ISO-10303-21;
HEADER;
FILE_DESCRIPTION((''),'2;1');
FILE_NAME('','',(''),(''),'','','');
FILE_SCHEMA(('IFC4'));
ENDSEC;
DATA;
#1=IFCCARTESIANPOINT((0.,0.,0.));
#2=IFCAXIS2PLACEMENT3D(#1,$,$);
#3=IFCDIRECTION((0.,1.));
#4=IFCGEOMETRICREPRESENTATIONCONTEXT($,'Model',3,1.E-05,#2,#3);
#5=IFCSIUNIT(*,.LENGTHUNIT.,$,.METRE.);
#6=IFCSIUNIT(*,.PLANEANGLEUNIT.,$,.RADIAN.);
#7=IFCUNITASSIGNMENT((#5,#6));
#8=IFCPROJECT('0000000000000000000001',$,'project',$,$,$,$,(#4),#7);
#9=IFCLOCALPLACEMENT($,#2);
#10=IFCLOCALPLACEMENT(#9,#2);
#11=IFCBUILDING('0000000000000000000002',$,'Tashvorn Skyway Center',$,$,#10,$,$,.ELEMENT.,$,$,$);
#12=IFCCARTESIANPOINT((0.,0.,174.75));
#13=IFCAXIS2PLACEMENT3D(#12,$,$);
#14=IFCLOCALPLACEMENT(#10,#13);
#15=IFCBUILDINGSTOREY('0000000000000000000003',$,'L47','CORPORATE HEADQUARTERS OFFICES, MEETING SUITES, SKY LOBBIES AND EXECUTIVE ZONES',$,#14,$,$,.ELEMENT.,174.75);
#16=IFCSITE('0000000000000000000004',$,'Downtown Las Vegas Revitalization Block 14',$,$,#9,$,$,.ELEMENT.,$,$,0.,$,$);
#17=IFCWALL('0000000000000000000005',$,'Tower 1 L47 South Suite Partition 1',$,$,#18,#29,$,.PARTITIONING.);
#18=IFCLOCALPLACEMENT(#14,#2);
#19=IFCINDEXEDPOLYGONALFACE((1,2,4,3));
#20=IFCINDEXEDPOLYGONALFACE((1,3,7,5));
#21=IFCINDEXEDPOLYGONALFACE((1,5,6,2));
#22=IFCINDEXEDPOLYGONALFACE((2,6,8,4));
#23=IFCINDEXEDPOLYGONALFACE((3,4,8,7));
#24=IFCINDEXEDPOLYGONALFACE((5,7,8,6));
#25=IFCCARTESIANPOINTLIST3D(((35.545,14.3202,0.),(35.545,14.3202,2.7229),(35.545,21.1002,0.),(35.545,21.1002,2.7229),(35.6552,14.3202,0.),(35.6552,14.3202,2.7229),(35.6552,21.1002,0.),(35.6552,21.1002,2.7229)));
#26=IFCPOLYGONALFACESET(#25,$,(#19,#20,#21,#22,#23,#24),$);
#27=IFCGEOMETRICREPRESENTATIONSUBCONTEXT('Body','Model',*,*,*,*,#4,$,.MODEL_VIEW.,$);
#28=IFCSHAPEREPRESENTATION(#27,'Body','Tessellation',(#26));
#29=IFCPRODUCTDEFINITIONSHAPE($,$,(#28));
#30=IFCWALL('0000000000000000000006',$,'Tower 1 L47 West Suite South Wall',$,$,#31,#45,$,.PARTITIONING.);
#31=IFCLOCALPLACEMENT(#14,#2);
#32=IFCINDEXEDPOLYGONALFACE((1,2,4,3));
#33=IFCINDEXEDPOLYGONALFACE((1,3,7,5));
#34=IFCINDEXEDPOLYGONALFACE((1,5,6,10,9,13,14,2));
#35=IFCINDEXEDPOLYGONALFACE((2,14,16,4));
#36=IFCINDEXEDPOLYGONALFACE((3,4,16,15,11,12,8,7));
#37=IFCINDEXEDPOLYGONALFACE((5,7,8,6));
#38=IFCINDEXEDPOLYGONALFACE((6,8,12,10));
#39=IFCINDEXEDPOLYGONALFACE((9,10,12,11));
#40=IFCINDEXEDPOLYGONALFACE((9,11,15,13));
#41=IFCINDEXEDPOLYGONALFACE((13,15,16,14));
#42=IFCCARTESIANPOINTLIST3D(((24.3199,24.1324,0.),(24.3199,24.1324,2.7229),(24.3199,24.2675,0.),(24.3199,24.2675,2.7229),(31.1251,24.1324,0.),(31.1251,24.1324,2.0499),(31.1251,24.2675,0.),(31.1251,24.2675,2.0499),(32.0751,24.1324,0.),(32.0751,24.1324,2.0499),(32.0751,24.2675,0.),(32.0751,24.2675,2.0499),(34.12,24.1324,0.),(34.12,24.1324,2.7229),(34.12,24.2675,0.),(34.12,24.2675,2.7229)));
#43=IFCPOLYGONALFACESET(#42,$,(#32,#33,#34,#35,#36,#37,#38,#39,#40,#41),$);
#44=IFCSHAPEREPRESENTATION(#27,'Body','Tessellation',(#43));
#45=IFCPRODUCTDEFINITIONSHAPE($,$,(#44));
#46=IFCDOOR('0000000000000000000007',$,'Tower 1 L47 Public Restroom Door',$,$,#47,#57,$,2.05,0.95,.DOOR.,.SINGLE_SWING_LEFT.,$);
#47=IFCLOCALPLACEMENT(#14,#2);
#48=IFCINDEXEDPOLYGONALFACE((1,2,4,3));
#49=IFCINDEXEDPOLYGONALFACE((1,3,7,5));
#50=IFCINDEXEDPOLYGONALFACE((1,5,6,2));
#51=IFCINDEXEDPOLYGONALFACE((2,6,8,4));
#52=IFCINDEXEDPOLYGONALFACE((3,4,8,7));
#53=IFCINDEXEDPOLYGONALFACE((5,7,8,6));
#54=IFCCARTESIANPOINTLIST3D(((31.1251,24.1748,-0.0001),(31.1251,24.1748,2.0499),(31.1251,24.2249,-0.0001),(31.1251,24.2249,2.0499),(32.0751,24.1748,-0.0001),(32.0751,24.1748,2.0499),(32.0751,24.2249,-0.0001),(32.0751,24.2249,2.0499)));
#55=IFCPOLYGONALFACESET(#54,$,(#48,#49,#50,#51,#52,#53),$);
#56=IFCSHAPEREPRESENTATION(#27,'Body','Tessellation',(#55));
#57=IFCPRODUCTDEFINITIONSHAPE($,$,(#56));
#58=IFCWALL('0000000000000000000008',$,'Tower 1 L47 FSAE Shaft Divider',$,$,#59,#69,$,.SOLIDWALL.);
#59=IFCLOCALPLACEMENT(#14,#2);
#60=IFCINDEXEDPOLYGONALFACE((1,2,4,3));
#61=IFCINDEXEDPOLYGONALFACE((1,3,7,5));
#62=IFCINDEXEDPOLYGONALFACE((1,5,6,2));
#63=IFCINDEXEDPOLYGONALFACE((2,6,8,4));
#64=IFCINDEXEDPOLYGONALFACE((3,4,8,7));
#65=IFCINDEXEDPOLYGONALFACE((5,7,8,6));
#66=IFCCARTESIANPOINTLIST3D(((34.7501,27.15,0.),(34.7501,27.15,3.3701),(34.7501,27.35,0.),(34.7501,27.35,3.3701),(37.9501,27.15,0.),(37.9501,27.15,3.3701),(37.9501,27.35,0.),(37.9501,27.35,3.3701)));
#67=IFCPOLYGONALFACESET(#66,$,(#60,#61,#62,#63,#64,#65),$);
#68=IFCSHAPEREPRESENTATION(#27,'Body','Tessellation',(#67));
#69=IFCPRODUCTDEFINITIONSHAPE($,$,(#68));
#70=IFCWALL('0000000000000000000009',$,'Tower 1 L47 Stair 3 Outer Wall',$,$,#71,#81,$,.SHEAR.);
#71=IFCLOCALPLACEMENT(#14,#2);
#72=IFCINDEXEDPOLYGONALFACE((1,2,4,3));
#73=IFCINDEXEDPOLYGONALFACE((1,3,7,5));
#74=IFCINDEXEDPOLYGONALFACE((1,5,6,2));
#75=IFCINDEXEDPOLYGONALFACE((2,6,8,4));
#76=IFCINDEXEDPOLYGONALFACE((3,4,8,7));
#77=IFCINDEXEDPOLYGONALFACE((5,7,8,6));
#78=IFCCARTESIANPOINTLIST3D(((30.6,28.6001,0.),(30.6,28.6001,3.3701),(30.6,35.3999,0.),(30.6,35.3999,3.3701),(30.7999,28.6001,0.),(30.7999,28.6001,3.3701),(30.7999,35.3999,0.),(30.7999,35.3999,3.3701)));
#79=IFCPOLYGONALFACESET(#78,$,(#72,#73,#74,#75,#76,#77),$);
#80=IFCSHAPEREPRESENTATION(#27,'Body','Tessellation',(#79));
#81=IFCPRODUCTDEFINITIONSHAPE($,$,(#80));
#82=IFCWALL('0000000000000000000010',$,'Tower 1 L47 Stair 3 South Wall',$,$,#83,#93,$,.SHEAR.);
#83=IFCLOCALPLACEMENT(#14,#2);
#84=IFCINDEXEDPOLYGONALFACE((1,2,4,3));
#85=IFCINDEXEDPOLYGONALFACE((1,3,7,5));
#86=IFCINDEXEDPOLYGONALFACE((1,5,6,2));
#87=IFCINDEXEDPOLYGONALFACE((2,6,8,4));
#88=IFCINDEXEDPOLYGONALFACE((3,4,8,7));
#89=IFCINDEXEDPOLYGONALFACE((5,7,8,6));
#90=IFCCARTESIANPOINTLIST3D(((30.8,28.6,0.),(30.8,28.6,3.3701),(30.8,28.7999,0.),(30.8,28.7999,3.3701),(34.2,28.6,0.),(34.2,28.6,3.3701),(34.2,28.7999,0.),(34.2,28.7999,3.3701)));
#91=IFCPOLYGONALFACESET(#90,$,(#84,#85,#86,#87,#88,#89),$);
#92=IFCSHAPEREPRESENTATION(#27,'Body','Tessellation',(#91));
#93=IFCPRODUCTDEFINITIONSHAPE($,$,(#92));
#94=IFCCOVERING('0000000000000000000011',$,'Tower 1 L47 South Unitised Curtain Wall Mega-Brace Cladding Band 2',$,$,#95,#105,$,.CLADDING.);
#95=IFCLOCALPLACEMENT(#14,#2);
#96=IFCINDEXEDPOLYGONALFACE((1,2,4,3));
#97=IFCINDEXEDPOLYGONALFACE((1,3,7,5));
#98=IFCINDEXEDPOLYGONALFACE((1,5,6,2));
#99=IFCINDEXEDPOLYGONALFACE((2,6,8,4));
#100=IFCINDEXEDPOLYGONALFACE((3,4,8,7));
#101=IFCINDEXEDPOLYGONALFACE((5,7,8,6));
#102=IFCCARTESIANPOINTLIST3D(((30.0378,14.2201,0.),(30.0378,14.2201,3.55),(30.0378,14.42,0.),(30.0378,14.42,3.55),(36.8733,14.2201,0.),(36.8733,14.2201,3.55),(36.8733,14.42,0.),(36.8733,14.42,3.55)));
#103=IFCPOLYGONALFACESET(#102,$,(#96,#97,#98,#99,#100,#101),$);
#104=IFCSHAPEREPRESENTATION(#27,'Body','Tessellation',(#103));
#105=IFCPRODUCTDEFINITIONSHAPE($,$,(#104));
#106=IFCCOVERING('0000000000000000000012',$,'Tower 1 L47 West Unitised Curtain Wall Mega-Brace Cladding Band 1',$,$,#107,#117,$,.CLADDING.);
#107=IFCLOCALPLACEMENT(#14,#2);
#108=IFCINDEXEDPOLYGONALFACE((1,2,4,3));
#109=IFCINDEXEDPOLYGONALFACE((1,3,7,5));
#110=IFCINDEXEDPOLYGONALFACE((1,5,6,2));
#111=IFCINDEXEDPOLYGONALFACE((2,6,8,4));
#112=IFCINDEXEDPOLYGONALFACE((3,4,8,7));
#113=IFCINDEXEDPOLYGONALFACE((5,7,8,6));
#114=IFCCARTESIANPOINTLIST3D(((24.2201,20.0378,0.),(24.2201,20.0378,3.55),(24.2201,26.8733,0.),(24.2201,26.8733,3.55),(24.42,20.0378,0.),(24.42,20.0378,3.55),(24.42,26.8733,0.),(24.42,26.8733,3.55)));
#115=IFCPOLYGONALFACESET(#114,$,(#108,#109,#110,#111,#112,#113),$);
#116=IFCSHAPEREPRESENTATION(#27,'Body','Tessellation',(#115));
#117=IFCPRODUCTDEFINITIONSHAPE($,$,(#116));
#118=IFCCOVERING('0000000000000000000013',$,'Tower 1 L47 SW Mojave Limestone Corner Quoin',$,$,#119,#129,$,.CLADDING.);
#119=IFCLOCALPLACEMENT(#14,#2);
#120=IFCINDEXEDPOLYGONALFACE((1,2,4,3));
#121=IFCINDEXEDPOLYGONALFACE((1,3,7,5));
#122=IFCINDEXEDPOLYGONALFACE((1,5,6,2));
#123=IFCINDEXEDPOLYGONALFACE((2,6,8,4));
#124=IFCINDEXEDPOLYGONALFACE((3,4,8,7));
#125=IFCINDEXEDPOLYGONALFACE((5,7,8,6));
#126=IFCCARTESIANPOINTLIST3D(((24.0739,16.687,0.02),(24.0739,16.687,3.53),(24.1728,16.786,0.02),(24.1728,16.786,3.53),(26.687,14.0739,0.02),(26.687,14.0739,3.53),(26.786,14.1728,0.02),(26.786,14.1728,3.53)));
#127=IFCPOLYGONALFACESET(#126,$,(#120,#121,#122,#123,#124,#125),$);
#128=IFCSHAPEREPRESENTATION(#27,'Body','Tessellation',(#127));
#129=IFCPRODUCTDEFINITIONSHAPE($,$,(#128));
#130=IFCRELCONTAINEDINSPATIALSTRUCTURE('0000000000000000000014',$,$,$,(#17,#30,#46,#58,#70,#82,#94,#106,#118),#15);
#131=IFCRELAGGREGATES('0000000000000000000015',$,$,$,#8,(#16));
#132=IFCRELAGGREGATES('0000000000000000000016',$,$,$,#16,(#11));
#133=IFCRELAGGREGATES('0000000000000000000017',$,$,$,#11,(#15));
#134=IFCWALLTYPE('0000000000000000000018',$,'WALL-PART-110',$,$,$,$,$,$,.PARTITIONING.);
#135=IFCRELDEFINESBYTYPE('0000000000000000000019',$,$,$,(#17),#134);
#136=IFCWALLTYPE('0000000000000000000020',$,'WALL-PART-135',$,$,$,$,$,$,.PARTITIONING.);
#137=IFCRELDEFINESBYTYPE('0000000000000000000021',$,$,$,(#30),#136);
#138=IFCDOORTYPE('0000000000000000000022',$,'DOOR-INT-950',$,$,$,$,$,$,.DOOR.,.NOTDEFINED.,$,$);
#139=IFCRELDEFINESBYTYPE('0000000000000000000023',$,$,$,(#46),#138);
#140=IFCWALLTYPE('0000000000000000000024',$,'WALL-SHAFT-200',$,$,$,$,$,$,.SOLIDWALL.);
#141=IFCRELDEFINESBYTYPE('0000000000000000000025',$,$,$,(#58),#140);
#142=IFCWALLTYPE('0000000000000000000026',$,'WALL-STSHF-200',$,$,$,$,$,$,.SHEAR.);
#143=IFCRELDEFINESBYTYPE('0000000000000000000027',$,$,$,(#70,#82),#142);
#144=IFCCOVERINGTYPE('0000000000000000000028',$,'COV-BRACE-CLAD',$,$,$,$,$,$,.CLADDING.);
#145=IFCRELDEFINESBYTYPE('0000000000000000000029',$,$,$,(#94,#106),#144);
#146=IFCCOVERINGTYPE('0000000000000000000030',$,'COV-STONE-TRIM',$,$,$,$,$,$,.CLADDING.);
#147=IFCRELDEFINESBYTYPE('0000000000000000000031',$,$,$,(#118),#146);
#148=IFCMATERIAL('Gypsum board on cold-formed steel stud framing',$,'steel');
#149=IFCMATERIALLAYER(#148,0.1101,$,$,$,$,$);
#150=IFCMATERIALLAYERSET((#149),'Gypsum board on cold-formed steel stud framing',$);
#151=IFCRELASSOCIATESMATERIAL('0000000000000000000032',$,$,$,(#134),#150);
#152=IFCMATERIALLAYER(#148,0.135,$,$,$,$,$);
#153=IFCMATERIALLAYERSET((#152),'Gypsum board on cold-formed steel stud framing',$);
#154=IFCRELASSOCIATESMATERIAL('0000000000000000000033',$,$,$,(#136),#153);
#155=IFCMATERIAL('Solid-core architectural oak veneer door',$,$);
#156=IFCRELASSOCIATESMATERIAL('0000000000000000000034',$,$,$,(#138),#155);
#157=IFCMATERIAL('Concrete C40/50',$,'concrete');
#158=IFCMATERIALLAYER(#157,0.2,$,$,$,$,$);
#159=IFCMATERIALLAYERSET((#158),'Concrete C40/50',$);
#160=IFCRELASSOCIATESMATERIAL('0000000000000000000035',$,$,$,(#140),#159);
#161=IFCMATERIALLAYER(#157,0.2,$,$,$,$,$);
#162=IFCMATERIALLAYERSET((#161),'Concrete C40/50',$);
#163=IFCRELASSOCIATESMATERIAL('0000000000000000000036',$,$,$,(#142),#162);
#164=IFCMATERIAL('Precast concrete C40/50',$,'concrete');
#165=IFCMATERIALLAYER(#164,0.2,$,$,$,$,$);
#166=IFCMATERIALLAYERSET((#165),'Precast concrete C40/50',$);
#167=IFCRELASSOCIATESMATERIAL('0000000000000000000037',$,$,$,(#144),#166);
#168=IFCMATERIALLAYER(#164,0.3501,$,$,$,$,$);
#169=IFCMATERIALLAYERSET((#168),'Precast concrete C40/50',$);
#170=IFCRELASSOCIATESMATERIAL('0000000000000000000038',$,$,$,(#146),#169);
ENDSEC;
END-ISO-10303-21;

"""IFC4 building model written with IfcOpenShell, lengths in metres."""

from ifc_helpers import new_model, si_unit, direction, frame, frame_2d, origin, origin_2d, place, context, subcontext, project, spatial, rectangle, extrude, material, layer, layer_set, type_object, element, fill, save


model = new_model("IFC4")

# Units and contexts
model_context = context("Model", 3, precision=1e-05, world=origin(), true_north=direction((0.0, 1.0)))
body_context = subcontext(model_context, "Body", "Model", "MODEL_VIEW")
ifc_project = project(units=[si_unit("LENGTHUNIT", "METRE"), si_unit("PLANEANGLEUNIT", "RADIAN")], contexts=[model_context])

# Site, building, storey
site_placement = place(None, origin())
site = spatial("IfcSite", under=ifc_project, at=site_placement, Name="Downtown Las Vegas Revitalization Block 14", CompositionType="ELEMENT", RefElevation=0.0)
building_placement = place(site_placement, origin())
building = spatial("IfcBuilding", under=site, at=building_placement, Name="Tashvorn Skyway Center", CompositionType="ELEMENT")
storey_placement = place(building_placement, frame((0.0, 0.0, 174.75)))
storey = spatial("IfcBuildingStorey", under=building, at=storey_placement, Name="L47", Description="CORPORATE HEADQUARTERS OFFICES, MEETING SUITES, SKY LOBBIES AND EXECUTIVE ZONES", CompositionType="ELEMENT", Elevation=174.75)

# Wall
ifc_material_1 = material(Name="Precast concrete C40/50", Category="concrete")
ifc_material_2 = material(Name="Gypsum board on cold-formed steel stud framing", Category="steel")
ifc_layer_1 = layer(ifc_material_2, 0.1101)
ifc_layer_set_1 = layer_set([ifc_layer_1], Name="Gypsum board on cold-formed steel stud framing")
wall_type_1 = type_object("IfcWallType", Name="WALL-PART-110", PredefinedType="PARTITIONING", material=ifc_layer_set_1)
wall_1_placement = place(storey_placement, frame((35.6001, 14.3201, 0.0), z_axis=(0.0, 0.0, 1.0), x_axis=(0.0, 1.0, 0.0)))
element("IfcWall", 1, at=wall_1_placement, inside=storey, type_object=wall_type_1, Name="Tower 1 L47 South Suite Partition 1", PredefinedType="PARTITIONING", context=body_context, shape_type="SweptSolid", body=[
    extrude(rectangle(XDim=6.78, YDim=0.1101, at=frame_2d((3.3901, 0.0))), origin(), (0.0, 0.0, 1.0), 2.7229),
])

# Wall, opening, door
ifc_layer_2 = layer(ifc_material_2, 0.135)
ifc_layer_set_2 = layer_set([ifc_layer_2], Name="Gypsum board on cold-formed steel stud framing")
wall_type_2 = type_object("IfcWallType", Name="WALL-PART-135", PredefinedType="PARTITIONING", material=ifc_layer_set_2)
wall_2_placement = place(storey_placement, frame((24.3201, 24.2, 0.0), z_axis=(0.0, 0.0, 1.0), x_axis=(1.0, 0.0, 0.0)))
wall_2 = element("IfcWall", 2, at=wall_2_placement, inside=storey, type_object=wall_type_2, Name="Tower 1 L47 West Suite South Wall", PredefinedType="PARTITIONING", context=body_context, shape_type="SweptSolid", body=[
    extrude(rectangle(XDim=9.8, YDim=0.135, at=frame_2d((4.8999, 0.0))), origin(), (0.0, 0.0, 1.0), 2.7229),
])
opening_placement = place(wall_2_placement, frame((6.8049, 0.0, 0.0)))
opening = element("IfcOpeningElement", 3, at=opening_placement, cuts=wall_2, PredefinedType="OPENING", context=body_context, shape_type="SweptSolid", body=[
    extrude(rectangle(XDim=0.95, YDim=2.05, at=frame_2d((0.4751, 1.0249))), frame((0.0, 0.0774, 0.0), z_axis=(0.0, -1.0, 0.0), x_axis=(1.0, 0.0, 0.0)), (0.0, 0.0, 1.0), 0.155),
])
ifc_material_3 = material(Name="Solid-core architectural oak veneer door")
door_type = type_object("IfcDoorType", Name="DOOR-INT-950", OperationType="NOTDEFINED", PredefinedType="DOOR", material=ifc_material_3)
door_placement = place(opening_placement, origin())
door = element("IfcDoor", 4, at=door_placement, inside=storey, type_object=door_type, Name="Tower 1 L47 Public Restroom Door", OperationType="SINGLE_SWING_LEFT", OverallHeight=2.05, OverallWidth=0.95, PredefinedType="DOOR", context=body_context, shape_type="SweptSolid", body=[
    extrude(rectangle(XDim=0.95, YDim=2.05, at=frame_2d((0.4751, 1.0249))), frame((0.0, 0.0249, 0.0), z_axis=(0.0, -1.0, 0.0), x_axis=(1.0, 0.0, 0.0)), (0.0, 0.0, 1.0), 0.05),
])
fill(opening, door)

# Walls
ifc_material_4 = material(Name="Concrete C40/50", Category="concrete")
ifc_layer_3 = layer(ifc_material_4, 0.2)
ifc_layer_set_3 = layer_set([ifc_layer_3], Name="Concrete C40/50")
wall_type_3 = type_object("IfcWallType", Name="WALL-SHAFT-200", PredefinedType="SOLIDWALL", material=ifc_layer_set_3)
wall_3_placement = place(storey_placement, frame((34.75, 27.25, 0.0), z_axis=(0.0, 0.0, 1.0), x_axis=(1.0, 0.0, 0.0)))
element("IfcWall", 5, at=wall_3_placement, inside=storey, type_object=wall_type_3, Name="Tower 1 L47 FSAE Shaft Divider", PredefinedType="SOLIDWALL", context=body_context, shape_type="SweptSolid", body=[
    extrude(rectangle(XDim=3.2, YDim=0.2, at=frame_2d((1.6001, 0.0))), origin(), (0.0, 0.0, 1.0), 3.3701),
])
ifc_layer_4 = layer(ifc_material_4, 0.2)
ifc_layer_set_4 = layer_set([ifc_layer_4], Name="Concrete C40/50")
wall_type_4 = type_object("IfcWallType", Name="WALL-STSHF-200", PredefinedType="SHEAR", material=ifc_layer_set_4)
wall_4_placement = place(storey_placement, frame((30.7, 28.6001, 0.0), z_axis=(0.0, 0.0, 1.0), x_axis=(0.0, 1.0, 0.0)))
element("IfcWall", 6, at=wall_4_placement, inside=storey, type_object=wall_type_4, Name="Tower 1 L47 Stair 3 Outer Wall", PredefinedType="SHEAR", context=body_context, shape_type="SweptSolid", body=[
    extrude(rectangle(XDim=6.7998, YDim=0.2, at=frame_2d((3.3999, 0.0))), origin(), (0.0, 0.0, 1.0), 3.3701),
])
wall_5_placement = place(storey_placement, frame((30.8, 28.7, 0.0), z_axis=(0.0, 0.0, 1.0), x_axis=(1.0, 0.0, 0.0)))
element("IfcWall", 7, at=wall_5_placement, inside=storey, type_object=wall_type_4, Name="Tower 1 L47 Stair 3 South Wall", PredefinedType="SHEAR", context=body_context, shape_type="SweptSolid", body=[
    extrude(rectangle(XDim=3.3999, YDim=0.2, at=frame_2d((1.7, 0.0))), origin(), (0.0, 0.0, 1.0), 3.3701),
])

# Coverings
ifc_layer_5 = layer(ifc_material_1, 0.2)
ifc_layer_set_5 = layer_set([ifc_layer_5], Name="Precast concrete C40/50")
covering_type_1 = type_object("IfcCoveringType", Name="COV-BRACE-CLAD", PredefinedType="CLADDING", material=ifc_layer_set_5)
for number, where, z_axis, x_axis, name in (
    (8, (33.4556, 14.3201, 0.0), (0.0, 0.0, 1.0), (-1.0, 0.0, 0.0), "Tower 1 L47 South Unitised Curtain Wall Mega-Brace Cladding Band 2"),
    (9, (24.3201, 23.4556, 0.0), (0.0, 0.0, 1.0), (0.0, 1.0, 0.0), "Tower 1 L47 West Unitised Curtain Wall Mega-Brace Cladding Band 1"),
):
    element("IfcCovering", number, at=place(storey_placement, frame(where, z_axis=z_axis, x_axis=x_axis)), inside=storey, type_object=covering_type_1, Name=name, PredefinedType="CLADDING", context=body_context, shape_type="SweptSolid", body=[
        extrude(rectangle(XDim=6.8354, YDim=0.2, at=origin_2d()), origin(), (0.0, 0.0, 1.0), 3.55),
    ])
ifc_layer_6 = layer(ifc_material_1, 0.3501)
ifc_layer_set_6 = layer_set([ifc_layer_6], Name="Precast concrete C40/50")
covering_type_2 = type_object("IfcCoveringType", Name="COV-STONE-TRIM", PredefinedType="CLADDING", material=ifc_layer_set_6)
covering_placement = place(storey_placement, frame((25.4299, 15.4299, 0.02), z_axis=(0.0, 0.0, 1.0), x_axis=(-0.707107, 0.707107, 0.0)))
element("IfcCovering", 10, at=covering_placement, inside=storey, type_object=covering_type_2, Name="Tower 1 L47 SW Mojave Limestone Corner Quoin", PredefinedType="CLADDING", context=body_context, shape_type="SweptSolid", body=[
    extrude(rectangle(XDim=3.6956, YDim=0.1399, at=origin_2d()), origin(), (0.0, 0.0, 1.0), 3.51),
])

save(model, "model.ifc")
